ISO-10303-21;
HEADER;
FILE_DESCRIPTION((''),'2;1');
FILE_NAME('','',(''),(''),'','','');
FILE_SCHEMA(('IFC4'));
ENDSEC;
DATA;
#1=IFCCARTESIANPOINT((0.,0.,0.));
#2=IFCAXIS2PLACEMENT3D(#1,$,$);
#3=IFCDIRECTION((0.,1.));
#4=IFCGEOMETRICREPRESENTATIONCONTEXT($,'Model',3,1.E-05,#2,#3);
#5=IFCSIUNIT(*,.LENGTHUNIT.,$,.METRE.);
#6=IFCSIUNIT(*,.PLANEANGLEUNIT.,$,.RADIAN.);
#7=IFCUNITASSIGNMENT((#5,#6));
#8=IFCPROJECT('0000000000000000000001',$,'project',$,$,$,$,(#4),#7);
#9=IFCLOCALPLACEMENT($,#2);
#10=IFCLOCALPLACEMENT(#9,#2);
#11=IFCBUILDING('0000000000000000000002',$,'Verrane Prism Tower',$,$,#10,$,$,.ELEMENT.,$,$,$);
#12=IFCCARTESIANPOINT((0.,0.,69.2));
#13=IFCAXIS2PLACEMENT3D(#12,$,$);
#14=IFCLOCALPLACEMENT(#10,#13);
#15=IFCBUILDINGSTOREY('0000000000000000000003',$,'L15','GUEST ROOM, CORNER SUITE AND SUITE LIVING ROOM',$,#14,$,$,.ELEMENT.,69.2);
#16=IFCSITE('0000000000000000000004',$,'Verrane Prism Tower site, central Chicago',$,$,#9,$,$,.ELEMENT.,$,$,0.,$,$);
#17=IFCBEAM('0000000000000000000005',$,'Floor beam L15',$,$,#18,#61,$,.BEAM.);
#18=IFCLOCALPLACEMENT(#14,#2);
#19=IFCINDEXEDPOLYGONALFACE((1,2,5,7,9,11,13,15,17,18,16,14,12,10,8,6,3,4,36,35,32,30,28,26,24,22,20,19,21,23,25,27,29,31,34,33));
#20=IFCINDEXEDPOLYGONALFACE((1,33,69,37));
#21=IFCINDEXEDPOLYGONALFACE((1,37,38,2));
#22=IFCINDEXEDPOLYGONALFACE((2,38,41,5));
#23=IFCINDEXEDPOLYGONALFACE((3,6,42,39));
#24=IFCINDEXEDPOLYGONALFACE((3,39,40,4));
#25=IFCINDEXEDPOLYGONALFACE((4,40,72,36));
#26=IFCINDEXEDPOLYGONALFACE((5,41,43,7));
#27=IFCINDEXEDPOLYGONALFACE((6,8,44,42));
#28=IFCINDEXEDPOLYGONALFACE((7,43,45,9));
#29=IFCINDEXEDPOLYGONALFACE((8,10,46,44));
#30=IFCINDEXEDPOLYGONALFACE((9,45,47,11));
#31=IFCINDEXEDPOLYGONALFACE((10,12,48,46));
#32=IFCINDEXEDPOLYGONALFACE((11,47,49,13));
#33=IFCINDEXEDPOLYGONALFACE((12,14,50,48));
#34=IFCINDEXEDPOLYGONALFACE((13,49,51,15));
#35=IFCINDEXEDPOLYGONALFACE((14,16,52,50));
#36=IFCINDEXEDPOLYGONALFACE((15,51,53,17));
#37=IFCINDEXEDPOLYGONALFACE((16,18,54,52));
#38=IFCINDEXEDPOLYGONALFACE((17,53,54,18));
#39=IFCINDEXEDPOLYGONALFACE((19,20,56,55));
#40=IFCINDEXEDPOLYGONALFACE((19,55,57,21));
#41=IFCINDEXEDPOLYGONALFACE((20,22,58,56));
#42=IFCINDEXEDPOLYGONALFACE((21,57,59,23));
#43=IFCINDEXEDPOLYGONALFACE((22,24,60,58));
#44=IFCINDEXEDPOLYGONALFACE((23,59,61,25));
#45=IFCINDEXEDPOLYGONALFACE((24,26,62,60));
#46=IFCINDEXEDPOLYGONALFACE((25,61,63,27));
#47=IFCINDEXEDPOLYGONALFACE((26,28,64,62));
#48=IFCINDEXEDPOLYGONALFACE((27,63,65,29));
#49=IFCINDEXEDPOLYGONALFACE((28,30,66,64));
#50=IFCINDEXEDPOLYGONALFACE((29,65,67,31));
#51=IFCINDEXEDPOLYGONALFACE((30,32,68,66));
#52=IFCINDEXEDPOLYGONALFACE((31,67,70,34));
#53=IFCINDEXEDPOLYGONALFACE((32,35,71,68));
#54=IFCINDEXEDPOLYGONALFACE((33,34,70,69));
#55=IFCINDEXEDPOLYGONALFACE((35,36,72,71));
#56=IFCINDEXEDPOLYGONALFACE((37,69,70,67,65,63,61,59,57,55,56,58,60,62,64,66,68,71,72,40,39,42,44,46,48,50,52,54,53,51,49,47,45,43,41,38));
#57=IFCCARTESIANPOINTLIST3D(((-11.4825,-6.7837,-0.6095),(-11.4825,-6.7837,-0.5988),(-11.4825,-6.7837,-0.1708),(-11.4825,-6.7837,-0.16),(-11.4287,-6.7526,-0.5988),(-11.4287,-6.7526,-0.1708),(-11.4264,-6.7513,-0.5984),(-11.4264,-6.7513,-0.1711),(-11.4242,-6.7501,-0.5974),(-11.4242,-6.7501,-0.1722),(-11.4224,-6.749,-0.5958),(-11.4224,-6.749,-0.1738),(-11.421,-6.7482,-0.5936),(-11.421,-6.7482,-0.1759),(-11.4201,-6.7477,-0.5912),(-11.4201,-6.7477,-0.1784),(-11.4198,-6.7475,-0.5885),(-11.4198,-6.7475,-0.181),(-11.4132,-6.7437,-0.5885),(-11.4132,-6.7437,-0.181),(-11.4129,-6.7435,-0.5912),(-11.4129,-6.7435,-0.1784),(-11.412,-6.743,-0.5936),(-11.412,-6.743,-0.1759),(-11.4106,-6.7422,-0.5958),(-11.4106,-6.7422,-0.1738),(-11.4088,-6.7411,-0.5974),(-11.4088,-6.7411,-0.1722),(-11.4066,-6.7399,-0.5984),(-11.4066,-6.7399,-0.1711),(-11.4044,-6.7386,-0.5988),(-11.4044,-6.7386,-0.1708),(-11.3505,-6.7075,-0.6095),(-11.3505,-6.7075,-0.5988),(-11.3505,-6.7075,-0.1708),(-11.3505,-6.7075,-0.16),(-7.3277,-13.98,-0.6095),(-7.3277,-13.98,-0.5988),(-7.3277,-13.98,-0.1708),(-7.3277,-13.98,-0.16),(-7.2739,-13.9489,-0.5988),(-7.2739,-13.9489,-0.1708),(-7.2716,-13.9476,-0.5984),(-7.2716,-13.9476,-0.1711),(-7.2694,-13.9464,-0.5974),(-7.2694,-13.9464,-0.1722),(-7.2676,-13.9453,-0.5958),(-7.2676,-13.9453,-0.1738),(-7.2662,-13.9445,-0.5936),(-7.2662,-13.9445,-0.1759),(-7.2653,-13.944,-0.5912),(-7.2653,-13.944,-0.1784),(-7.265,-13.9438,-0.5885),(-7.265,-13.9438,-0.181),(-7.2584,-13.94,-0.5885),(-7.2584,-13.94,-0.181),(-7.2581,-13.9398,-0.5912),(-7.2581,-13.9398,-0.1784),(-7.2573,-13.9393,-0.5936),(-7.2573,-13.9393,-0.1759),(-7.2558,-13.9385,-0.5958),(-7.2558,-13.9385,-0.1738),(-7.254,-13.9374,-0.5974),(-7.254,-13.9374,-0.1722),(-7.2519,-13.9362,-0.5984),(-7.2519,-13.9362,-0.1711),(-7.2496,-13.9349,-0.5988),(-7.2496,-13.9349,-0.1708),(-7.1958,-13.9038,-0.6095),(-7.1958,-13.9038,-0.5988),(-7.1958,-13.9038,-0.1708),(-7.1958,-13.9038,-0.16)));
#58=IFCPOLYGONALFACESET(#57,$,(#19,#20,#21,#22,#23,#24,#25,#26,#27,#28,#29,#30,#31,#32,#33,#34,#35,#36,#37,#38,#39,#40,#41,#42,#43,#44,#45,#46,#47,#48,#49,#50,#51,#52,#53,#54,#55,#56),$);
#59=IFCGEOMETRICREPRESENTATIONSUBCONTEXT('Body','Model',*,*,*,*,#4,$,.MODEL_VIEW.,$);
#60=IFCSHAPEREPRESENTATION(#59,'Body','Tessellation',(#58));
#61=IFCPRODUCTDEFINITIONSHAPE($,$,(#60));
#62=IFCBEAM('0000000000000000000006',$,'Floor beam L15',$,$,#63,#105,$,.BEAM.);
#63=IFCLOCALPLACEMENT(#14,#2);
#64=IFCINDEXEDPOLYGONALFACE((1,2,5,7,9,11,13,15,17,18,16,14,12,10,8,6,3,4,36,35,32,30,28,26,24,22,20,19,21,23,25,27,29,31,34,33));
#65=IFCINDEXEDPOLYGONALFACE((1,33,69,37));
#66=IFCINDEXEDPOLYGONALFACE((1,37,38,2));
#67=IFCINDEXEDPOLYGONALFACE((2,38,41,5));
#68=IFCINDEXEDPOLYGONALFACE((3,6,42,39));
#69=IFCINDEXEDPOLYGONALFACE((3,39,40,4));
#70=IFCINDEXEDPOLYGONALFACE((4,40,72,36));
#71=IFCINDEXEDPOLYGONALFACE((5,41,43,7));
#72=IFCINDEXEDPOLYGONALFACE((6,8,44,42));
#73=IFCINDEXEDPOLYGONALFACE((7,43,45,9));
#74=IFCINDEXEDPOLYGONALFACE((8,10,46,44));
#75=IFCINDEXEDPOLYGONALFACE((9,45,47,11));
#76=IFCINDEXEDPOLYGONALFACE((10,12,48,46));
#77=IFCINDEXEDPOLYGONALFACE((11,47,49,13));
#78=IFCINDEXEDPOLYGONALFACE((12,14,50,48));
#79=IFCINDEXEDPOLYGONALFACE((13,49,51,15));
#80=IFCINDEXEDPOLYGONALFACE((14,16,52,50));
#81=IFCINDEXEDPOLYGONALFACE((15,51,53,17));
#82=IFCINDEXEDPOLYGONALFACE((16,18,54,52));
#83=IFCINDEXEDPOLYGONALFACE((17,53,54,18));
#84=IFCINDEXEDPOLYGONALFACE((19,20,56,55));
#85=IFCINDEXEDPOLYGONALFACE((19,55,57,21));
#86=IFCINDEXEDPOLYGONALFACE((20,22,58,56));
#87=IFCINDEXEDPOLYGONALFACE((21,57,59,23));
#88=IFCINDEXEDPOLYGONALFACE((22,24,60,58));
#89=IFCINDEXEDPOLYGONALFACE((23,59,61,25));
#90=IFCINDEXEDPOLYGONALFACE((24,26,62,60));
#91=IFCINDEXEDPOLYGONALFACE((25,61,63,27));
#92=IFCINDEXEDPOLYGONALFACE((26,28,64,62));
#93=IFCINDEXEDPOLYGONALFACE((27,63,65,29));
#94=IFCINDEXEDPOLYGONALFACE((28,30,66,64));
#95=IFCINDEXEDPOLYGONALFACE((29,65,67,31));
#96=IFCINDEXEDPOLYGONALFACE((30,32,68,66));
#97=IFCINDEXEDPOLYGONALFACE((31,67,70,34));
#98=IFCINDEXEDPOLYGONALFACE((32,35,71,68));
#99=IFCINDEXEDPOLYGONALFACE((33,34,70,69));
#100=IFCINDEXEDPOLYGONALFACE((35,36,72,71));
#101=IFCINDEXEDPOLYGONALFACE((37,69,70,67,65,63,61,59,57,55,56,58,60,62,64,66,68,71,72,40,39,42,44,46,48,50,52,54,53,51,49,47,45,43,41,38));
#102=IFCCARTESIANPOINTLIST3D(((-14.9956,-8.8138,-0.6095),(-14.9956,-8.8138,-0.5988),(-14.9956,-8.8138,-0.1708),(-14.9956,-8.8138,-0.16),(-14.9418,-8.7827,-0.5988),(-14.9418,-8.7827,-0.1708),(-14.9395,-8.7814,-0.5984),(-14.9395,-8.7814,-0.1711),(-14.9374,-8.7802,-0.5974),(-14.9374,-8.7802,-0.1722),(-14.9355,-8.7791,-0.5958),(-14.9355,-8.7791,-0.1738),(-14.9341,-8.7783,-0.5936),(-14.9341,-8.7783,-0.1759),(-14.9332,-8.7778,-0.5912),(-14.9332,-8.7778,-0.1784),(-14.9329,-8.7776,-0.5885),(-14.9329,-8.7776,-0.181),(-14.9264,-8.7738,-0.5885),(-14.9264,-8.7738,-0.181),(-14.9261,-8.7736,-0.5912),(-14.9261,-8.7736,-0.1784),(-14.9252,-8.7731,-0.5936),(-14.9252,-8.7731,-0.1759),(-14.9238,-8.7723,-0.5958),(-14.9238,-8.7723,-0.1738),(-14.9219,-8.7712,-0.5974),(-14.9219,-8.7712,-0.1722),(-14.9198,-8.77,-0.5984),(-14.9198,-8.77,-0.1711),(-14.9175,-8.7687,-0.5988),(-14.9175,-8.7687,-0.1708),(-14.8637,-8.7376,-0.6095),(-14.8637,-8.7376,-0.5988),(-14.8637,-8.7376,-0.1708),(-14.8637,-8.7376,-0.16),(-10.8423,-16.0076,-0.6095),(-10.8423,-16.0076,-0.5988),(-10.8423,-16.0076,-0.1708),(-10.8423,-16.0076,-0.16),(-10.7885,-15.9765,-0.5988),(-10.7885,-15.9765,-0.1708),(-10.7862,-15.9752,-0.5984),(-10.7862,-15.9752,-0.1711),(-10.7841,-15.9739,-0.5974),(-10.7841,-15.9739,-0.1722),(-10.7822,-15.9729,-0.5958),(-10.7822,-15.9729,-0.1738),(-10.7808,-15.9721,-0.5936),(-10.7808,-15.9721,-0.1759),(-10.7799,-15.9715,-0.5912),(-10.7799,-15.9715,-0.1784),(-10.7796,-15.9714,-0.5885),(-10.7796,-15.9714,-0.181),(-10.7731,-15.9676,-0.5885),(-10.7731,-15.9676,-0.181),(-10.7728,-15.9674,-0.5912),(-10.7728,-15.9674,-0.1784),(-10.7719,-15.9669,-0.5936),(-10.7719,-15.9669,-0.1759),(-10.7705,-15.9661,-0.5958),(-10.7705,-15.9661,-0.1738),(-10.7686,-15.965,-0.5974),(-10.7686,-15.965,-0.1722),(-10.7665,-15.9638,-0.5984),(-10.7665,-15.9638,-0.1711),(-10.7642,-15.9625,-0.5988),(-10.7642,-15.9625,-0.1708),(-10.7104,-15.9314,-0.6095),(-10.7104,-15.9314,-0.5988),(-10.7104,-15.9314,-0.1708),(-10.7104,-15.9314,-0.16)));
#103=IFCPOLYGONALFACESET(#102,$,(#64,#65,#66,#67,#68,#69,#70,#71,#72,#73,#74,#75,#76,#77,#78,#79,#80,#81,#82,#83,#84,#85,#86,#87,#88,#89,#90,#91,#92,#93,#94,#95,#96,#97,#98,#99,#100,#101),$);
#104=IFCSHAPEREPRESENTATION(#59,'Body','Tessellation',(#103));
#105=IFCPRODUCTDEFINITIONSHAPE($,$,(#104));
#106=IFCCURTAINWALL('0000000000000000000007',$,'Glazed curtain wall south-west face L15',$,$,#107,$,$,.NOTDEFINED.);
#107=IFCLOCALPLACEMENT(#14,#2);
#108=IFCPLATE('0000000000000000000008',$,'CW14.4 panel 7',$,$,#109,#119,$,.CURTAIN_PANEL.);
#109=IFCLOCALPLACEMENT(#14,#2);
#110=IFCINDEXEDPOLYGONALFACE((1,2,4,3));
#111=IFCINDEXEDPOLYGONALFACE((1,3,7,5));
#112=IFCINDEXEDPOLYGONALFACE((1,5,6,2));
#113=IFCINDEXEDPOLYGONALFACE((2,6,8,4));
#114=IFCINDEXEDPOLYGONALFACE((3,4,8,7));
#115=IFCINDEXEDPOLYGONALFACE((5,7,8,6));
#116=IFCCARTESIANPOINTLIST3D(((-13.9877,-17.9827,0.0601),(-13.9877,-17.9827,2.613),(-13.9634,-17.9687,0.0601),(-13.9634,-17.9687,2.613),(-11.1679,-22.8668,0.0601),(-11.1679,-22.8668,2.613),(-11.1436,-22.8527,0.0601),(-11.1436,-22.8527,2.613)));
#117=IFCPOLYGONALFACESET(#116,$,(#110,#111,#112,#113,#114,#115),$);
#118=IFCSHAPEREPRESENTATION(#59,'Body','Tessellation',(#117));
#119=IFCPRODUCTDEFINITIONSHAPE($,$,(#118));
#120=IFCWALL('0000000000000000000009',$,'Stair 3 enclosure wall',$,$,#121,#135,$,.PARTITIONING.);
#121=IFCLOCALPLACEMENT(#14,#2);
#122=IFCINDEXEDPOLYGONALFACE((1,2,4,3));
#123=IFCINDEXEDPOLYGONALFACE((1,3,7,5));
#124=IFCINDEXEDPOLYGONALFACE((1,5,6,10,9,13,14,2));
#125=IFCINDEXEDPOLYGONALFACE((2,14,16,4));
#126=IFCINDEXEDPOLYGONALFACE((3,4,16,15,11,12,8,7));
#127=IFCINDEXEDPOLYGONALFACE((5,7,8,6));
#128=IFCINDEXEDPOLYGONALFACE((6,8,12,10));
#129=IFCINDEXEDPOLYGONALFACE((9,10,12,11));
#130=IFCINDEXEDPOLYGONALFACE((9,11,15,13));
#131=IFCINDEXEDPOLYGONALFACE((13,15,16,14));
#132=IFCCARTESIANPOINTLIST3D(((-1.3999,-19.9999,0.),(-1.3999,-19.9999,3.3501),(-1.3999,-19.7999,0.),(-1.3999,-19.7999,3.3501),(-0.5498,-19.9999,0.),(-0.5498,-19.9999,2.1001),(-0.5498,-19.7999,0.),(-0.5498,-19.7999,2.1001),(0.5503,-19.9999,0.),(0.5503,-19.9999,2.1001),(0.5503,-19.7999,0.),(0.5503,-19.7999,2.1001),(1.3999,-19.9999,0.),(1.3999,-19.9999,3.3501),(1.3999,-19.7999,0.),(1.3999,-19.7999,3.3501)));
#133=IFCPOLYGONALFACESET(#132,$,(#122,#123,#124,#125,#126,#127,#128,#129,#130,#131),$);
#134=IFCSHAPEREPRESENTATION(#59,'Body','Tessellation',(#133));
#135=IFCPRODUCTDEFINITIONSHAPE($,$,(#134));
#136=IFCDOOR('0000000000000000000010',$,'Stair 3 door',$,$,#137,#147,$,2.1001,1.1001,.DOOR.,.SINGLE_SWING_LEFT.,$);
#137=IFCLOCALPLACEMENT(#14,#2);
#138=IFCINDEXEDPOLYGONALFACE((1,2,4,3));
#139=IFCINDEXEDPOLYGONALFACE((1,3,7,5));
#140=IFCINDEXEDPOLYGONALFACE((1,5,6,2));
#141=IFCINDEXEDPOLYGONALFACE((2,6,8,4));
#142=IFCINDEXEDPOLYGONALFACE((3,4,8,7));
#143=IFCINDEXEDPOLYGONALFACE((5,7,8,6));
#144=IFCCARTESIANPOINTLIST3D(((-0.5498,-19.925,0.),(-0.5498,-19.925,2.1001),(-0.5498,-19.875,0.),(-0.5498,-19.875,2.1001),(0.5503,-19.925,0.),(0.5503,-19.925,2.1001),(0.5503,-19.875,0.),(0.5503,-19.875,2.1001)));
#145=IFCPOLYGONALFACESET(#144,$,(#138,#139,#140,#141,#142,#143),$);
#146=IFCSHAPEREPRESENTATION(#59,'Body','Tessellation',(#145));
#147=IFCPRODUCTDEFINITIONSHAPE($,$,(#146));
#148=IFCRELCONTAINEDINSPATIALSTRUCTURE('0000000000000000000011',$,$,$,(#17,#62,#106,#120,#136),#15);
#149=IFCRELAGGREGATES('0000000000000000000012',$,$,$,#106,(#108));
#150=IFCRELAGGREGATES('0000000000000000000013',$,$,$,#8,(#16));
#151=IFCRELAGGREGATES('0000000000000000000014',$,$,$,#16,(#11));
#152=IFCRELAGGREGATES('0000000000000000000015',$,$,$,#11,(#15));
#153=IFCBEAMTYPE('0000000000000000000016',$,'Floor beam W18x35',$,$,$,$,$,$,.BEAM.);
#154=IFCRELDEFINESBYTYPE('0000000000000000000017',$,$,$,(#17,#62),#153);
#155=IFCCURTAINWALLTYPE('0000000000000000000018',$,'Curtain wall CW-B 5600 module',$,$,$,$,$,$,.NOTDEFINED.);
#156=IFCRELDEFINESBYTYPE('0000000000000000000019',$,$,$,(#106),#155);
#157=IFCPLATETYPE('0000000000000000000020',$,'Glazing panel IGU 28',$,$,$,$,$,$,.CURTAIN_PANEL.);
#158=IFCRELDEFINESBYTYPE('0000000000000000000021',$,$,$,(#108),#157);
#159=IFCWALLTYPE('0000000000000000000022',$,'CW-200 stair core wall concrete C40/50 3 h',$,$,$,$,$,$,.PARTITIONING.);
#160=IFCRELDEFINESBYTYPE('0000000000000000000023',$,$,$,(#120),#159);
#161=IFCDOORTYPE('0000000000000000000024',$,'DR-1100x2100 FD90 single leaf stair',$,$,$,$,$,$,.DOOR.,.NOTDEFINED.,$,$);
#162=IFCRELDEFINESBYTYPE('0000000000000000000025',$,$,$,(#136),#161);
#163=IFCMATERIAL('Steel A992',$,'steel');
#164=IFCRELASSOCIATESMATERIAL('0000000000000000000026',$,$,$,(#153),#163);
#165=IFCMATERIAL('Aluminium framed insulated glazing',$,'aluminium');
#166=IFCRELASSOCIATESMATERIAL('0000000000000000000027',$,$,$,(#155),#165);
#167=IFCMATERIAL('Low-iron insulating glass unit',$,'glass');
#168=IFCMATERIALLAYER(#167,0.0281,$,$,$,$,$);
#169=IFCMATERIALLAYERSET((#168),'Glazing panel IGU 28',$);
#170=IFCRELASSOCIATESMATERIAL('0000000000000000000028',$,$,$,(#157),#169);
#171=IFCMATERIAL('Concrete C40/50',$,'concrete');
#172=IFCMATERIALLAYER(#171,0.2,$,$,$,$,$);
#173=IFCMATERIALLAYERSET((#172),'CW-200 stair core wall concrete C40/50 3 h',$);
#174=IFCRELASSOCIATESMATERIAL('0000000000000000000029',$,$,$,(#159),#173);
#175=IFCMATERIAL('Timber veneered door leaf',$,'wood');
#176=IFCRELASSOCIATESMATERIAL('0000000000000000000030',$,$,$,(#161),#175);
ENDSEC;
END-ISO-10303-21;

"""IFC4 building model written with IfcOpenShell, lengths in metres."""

from ifc_helpers import new_model, si_unit, direction, frame, frame_2d, origin, origin_2d, place, context, subcontext, project, spatial, rectangle, i_section, extrude, material, layer, layer_set, material_profile, profile_set, type_object, element, fill, aggregate, save


model = new_model("IFC4")

# Units and contexts
model_context = context("Model", 3, precision=1e-05, world=origin(), true_north=direction((0.0, 1.0)))
body_context = subcontext(model_context, "Body", "Model", "MODEL_VIEW")
ifc_project = project(units=[si_unit("LENGTHUNIT", "METRE"), si_unit("PLANEANGLEUNIT", "RADIAN")], contexts=[model_context])

# Site, building, storey
site_placement = place(None, origin())
site = spatial("IfcSite", under=ifc_project, at=site_placement, Name="Verrane Prism Tower site, central Chicago", CompositionType="ELEMENT", RefElevation=0.0)
building_placement = place(site_placement, origin())
building = spatial("IfcBuilding", under=site, at=building_placement, Name="Verrane Prism Tower", CompositionType="ELEMENT")
storey_placement = place(building_placement, frame((0.0, 0.0, 69.2)))
storey = spatial("IfcBuildingStorey", under=building, at=storey_placement, Name="L15", Description="GUEST ROOM, CORNER SUITE AND SUITE LIVING ROOM", CompositionType="ELEMENT", Elevation=69.2)

# Beams
ifc_material_1 = material(Name="Steel A992", Category="steel")
ifc_material_profile_1 = material_profile(ifc_material_1, i_section(OverallWidth=0.1523, OverallDepth=0.4495, WebThickness=0.0076, FlangeThickness=0.0107, FilletRadius=0.0103, at=origin_2d()), Name="W18x35")
ifc_profile_set_1 = profile_set([ifc_material_profile_1], Name="Steel A992")
beam_type_1 = type_object("IfcBeamType", Name="Floor beam W18x35", PredefinedType="BEAM", material=ifc_profile_set_1)
beam_1_placement = place(storey_placement, frame((-7.2617, -13.9419, -0.3848), z_axis=(-0.500001, 0.866025, 0.0), x_axis=(-0.866025, -0.500001, 0.0)))
element("IfcBeam", 1, at=beam_1_placement, inside=storey, type_object=beam_type_1, Name="Floor beam L15", PredefinedType="BEAM", context=body_context, shape_type="SweptSolid", body=[
    extrude(i_section(OverallWidth=0.1523, OverallDepth=0.4495, WebThickness=0.0076, FlangeThickness=0.0107, FilletRadius=0.0103, at=origin_2d()), origin(), (0.0, 0.0, 1.0), 8.3096),
])
beam_2_placement = place(storey_placement, frame((-10.7764, -15.9695, -0.3848), z_axis=(-0.499996, 0.866028, 0.0), x_axis=(-0.866028, -0.499996, 0.0)))
element("IfcBeam", 2, at=beam_2_placement, inside=storey, type_object=beam_type_1, Name="Floor beam L15", PredefinedType="BEAM", context=body_context, shape_type="SweptSolid", body=[
    extrude(i_section(OverallWidth=0.1523, OverallDepth=0.4495, WebThickness=0.0076, FlangeThickness=0.0107, FilletRadius=0.0103, at=origin_2d()), origin(), (0.0, 0.0, 1.0), 8.3066),
])

# Curtain wall, plate
ifc_material_2 = material(Name="Aluminium framed insulated glazing", Category="aluminium")
curtain_wall_type = type_object("IfcCurtainWallType", Name="Curtain wall CW-B 5600 module", PredefinedType="NOTDEFINED", material=ifc_material_2)
curtain_wall_placement = place(storey_placement, origin())
curtain_wall = element("IfcCurtainWall", 3, at=curtain_wall_placement, inside=storey, type_object=curtain_wall_type, Name="Glazed curtain wall south-west face L15", PredefinedType="NOTDEFINED")
ifc_material_3 = material(Name="Low-iron insulating glass unit", Category="glass")
ifc_layer_1 = layer(ifc_material_3, 0.0281)
ifc_layer_set_1 = layer_set([ifc_layer_1], Name="Glazing panel IGU 28")
plate_type = type_object("IfcPlateType", Name="Glazing panel IGU 28", PredefinedType="CURTAIN_PANEL", material=ifc_layer_set_1)
plate_placement = place(storey_placement, frame((-12.5657, -20.4177, 0.0601), z_axis=(0.0, 0.0, 1.0), x_axis=(0.5, -0.866025, 0.0)))
plate = element("IfcPlate", 4, at=plate_placement, type_object=plate_type, Name="CW14.4 panel 7", PredefinedType="CURTAIN_PANEL", context=body_context, shape_type="SweptSolid", body=[
    extrude(rectangle(XDim=5.6396, YDim=0.0281, at=origin_2d()), origin(), (0.0, 0.0, 1.0), 2.553),
])
aggregate(curtain_wall, [plate])

# Wall, opening, door
ifc_material_4 = material(Name="Concrete C40/50", Category="concrete")
ifc_layer_2 = layer(ifc_material_4, 0.2)
ifc_layer_set_2 = layer_set([ifc_layer_2], Name="CW-200 stair core wall concrete C40/50 3 h")
wall_type_1 = type_object("IfcWallType", Name="CW-200 stair core wall concrete C40/50 3 h", PredefinedType="PARTITIONING", material=ifc_layer_set_2)
wall_1_placement = place(storey_placement, frame((-1.3999, -19.8999, 0.0), z_axis=(0.0, 0.0, 1.0), x_axis=(1.0, 0.0, 0.0)))
wall_1 = element("IfcWall", 5, at=wall_1_placement, inside=storey, type_object=wall_type_1, Name="Stair 3 enclosure wall", PredefinedType="PARTITIONING", context=body_context, shape_type="SweptSolid", body=[
    extrude(rectangle(XDim=2.7998, YDim=0.2, at=frame_2d((1.3999, 0.0))), origin(), (0.0, 0.0, 1.0), 3.3501),
])
opening_1_placement = place(wall_1_placement, frame((0.8501, 0.0, 0.0)))
opening_1 = element("IfcOpeningElement", 6, at=opening_1_placement, cuts=wall_1, PredefinedType="OPENING", context=body_context, shape_type="SweptSolid", body=[
    extrude(rectangle(XDim=1.1001, YDim=2.1001, at=frame_2d((0.55, 1.05))), frame((0.0, 0.1099, 0.0), z_axis=(0.0, -1.0, 0.0), x_axis=(1.0, 0.0, 0.0)), (0.0, 0.0, 1.0), 0.22),
])
ifc_material_5 = material(Name="Timber veneered door leaf", Category="wood")
door_type_1 = type_object("IfcDoorType", Name="DR-1100x2100 FD90 single leaf stair", OperationType="NOTDEFINED", PredefinedType="DOOR", material=ifc_material_5)
door_1_placement = place(opening_1_placement, origin())
door_1 = element("IfcDoor", 7, at=door_1_placement, inside=storey, type_object=door_type_1, Name="Stair 3 door", OperationType="SINGLE_SWING_LEFT", OverallHeight=2.1001, OverallWidth=1.1001, PredefinedType="DOOR", context=body_context, shape_type="SweptSolid", body=[
    extrude(rectangle(XDim=1.1001, YDim=2.1001, at=frame_2d((0.55, 1.05))), frame((0.0, 0.0249, 0.0), z_axis=(0.0, -1.0, 0.0), x_axis=(1.0, 0.0, 0.0)), (0.0, 0.0, 1.0), 0.05),
])
fill(opening_1, door_1)

save(model, "model.ifc")
